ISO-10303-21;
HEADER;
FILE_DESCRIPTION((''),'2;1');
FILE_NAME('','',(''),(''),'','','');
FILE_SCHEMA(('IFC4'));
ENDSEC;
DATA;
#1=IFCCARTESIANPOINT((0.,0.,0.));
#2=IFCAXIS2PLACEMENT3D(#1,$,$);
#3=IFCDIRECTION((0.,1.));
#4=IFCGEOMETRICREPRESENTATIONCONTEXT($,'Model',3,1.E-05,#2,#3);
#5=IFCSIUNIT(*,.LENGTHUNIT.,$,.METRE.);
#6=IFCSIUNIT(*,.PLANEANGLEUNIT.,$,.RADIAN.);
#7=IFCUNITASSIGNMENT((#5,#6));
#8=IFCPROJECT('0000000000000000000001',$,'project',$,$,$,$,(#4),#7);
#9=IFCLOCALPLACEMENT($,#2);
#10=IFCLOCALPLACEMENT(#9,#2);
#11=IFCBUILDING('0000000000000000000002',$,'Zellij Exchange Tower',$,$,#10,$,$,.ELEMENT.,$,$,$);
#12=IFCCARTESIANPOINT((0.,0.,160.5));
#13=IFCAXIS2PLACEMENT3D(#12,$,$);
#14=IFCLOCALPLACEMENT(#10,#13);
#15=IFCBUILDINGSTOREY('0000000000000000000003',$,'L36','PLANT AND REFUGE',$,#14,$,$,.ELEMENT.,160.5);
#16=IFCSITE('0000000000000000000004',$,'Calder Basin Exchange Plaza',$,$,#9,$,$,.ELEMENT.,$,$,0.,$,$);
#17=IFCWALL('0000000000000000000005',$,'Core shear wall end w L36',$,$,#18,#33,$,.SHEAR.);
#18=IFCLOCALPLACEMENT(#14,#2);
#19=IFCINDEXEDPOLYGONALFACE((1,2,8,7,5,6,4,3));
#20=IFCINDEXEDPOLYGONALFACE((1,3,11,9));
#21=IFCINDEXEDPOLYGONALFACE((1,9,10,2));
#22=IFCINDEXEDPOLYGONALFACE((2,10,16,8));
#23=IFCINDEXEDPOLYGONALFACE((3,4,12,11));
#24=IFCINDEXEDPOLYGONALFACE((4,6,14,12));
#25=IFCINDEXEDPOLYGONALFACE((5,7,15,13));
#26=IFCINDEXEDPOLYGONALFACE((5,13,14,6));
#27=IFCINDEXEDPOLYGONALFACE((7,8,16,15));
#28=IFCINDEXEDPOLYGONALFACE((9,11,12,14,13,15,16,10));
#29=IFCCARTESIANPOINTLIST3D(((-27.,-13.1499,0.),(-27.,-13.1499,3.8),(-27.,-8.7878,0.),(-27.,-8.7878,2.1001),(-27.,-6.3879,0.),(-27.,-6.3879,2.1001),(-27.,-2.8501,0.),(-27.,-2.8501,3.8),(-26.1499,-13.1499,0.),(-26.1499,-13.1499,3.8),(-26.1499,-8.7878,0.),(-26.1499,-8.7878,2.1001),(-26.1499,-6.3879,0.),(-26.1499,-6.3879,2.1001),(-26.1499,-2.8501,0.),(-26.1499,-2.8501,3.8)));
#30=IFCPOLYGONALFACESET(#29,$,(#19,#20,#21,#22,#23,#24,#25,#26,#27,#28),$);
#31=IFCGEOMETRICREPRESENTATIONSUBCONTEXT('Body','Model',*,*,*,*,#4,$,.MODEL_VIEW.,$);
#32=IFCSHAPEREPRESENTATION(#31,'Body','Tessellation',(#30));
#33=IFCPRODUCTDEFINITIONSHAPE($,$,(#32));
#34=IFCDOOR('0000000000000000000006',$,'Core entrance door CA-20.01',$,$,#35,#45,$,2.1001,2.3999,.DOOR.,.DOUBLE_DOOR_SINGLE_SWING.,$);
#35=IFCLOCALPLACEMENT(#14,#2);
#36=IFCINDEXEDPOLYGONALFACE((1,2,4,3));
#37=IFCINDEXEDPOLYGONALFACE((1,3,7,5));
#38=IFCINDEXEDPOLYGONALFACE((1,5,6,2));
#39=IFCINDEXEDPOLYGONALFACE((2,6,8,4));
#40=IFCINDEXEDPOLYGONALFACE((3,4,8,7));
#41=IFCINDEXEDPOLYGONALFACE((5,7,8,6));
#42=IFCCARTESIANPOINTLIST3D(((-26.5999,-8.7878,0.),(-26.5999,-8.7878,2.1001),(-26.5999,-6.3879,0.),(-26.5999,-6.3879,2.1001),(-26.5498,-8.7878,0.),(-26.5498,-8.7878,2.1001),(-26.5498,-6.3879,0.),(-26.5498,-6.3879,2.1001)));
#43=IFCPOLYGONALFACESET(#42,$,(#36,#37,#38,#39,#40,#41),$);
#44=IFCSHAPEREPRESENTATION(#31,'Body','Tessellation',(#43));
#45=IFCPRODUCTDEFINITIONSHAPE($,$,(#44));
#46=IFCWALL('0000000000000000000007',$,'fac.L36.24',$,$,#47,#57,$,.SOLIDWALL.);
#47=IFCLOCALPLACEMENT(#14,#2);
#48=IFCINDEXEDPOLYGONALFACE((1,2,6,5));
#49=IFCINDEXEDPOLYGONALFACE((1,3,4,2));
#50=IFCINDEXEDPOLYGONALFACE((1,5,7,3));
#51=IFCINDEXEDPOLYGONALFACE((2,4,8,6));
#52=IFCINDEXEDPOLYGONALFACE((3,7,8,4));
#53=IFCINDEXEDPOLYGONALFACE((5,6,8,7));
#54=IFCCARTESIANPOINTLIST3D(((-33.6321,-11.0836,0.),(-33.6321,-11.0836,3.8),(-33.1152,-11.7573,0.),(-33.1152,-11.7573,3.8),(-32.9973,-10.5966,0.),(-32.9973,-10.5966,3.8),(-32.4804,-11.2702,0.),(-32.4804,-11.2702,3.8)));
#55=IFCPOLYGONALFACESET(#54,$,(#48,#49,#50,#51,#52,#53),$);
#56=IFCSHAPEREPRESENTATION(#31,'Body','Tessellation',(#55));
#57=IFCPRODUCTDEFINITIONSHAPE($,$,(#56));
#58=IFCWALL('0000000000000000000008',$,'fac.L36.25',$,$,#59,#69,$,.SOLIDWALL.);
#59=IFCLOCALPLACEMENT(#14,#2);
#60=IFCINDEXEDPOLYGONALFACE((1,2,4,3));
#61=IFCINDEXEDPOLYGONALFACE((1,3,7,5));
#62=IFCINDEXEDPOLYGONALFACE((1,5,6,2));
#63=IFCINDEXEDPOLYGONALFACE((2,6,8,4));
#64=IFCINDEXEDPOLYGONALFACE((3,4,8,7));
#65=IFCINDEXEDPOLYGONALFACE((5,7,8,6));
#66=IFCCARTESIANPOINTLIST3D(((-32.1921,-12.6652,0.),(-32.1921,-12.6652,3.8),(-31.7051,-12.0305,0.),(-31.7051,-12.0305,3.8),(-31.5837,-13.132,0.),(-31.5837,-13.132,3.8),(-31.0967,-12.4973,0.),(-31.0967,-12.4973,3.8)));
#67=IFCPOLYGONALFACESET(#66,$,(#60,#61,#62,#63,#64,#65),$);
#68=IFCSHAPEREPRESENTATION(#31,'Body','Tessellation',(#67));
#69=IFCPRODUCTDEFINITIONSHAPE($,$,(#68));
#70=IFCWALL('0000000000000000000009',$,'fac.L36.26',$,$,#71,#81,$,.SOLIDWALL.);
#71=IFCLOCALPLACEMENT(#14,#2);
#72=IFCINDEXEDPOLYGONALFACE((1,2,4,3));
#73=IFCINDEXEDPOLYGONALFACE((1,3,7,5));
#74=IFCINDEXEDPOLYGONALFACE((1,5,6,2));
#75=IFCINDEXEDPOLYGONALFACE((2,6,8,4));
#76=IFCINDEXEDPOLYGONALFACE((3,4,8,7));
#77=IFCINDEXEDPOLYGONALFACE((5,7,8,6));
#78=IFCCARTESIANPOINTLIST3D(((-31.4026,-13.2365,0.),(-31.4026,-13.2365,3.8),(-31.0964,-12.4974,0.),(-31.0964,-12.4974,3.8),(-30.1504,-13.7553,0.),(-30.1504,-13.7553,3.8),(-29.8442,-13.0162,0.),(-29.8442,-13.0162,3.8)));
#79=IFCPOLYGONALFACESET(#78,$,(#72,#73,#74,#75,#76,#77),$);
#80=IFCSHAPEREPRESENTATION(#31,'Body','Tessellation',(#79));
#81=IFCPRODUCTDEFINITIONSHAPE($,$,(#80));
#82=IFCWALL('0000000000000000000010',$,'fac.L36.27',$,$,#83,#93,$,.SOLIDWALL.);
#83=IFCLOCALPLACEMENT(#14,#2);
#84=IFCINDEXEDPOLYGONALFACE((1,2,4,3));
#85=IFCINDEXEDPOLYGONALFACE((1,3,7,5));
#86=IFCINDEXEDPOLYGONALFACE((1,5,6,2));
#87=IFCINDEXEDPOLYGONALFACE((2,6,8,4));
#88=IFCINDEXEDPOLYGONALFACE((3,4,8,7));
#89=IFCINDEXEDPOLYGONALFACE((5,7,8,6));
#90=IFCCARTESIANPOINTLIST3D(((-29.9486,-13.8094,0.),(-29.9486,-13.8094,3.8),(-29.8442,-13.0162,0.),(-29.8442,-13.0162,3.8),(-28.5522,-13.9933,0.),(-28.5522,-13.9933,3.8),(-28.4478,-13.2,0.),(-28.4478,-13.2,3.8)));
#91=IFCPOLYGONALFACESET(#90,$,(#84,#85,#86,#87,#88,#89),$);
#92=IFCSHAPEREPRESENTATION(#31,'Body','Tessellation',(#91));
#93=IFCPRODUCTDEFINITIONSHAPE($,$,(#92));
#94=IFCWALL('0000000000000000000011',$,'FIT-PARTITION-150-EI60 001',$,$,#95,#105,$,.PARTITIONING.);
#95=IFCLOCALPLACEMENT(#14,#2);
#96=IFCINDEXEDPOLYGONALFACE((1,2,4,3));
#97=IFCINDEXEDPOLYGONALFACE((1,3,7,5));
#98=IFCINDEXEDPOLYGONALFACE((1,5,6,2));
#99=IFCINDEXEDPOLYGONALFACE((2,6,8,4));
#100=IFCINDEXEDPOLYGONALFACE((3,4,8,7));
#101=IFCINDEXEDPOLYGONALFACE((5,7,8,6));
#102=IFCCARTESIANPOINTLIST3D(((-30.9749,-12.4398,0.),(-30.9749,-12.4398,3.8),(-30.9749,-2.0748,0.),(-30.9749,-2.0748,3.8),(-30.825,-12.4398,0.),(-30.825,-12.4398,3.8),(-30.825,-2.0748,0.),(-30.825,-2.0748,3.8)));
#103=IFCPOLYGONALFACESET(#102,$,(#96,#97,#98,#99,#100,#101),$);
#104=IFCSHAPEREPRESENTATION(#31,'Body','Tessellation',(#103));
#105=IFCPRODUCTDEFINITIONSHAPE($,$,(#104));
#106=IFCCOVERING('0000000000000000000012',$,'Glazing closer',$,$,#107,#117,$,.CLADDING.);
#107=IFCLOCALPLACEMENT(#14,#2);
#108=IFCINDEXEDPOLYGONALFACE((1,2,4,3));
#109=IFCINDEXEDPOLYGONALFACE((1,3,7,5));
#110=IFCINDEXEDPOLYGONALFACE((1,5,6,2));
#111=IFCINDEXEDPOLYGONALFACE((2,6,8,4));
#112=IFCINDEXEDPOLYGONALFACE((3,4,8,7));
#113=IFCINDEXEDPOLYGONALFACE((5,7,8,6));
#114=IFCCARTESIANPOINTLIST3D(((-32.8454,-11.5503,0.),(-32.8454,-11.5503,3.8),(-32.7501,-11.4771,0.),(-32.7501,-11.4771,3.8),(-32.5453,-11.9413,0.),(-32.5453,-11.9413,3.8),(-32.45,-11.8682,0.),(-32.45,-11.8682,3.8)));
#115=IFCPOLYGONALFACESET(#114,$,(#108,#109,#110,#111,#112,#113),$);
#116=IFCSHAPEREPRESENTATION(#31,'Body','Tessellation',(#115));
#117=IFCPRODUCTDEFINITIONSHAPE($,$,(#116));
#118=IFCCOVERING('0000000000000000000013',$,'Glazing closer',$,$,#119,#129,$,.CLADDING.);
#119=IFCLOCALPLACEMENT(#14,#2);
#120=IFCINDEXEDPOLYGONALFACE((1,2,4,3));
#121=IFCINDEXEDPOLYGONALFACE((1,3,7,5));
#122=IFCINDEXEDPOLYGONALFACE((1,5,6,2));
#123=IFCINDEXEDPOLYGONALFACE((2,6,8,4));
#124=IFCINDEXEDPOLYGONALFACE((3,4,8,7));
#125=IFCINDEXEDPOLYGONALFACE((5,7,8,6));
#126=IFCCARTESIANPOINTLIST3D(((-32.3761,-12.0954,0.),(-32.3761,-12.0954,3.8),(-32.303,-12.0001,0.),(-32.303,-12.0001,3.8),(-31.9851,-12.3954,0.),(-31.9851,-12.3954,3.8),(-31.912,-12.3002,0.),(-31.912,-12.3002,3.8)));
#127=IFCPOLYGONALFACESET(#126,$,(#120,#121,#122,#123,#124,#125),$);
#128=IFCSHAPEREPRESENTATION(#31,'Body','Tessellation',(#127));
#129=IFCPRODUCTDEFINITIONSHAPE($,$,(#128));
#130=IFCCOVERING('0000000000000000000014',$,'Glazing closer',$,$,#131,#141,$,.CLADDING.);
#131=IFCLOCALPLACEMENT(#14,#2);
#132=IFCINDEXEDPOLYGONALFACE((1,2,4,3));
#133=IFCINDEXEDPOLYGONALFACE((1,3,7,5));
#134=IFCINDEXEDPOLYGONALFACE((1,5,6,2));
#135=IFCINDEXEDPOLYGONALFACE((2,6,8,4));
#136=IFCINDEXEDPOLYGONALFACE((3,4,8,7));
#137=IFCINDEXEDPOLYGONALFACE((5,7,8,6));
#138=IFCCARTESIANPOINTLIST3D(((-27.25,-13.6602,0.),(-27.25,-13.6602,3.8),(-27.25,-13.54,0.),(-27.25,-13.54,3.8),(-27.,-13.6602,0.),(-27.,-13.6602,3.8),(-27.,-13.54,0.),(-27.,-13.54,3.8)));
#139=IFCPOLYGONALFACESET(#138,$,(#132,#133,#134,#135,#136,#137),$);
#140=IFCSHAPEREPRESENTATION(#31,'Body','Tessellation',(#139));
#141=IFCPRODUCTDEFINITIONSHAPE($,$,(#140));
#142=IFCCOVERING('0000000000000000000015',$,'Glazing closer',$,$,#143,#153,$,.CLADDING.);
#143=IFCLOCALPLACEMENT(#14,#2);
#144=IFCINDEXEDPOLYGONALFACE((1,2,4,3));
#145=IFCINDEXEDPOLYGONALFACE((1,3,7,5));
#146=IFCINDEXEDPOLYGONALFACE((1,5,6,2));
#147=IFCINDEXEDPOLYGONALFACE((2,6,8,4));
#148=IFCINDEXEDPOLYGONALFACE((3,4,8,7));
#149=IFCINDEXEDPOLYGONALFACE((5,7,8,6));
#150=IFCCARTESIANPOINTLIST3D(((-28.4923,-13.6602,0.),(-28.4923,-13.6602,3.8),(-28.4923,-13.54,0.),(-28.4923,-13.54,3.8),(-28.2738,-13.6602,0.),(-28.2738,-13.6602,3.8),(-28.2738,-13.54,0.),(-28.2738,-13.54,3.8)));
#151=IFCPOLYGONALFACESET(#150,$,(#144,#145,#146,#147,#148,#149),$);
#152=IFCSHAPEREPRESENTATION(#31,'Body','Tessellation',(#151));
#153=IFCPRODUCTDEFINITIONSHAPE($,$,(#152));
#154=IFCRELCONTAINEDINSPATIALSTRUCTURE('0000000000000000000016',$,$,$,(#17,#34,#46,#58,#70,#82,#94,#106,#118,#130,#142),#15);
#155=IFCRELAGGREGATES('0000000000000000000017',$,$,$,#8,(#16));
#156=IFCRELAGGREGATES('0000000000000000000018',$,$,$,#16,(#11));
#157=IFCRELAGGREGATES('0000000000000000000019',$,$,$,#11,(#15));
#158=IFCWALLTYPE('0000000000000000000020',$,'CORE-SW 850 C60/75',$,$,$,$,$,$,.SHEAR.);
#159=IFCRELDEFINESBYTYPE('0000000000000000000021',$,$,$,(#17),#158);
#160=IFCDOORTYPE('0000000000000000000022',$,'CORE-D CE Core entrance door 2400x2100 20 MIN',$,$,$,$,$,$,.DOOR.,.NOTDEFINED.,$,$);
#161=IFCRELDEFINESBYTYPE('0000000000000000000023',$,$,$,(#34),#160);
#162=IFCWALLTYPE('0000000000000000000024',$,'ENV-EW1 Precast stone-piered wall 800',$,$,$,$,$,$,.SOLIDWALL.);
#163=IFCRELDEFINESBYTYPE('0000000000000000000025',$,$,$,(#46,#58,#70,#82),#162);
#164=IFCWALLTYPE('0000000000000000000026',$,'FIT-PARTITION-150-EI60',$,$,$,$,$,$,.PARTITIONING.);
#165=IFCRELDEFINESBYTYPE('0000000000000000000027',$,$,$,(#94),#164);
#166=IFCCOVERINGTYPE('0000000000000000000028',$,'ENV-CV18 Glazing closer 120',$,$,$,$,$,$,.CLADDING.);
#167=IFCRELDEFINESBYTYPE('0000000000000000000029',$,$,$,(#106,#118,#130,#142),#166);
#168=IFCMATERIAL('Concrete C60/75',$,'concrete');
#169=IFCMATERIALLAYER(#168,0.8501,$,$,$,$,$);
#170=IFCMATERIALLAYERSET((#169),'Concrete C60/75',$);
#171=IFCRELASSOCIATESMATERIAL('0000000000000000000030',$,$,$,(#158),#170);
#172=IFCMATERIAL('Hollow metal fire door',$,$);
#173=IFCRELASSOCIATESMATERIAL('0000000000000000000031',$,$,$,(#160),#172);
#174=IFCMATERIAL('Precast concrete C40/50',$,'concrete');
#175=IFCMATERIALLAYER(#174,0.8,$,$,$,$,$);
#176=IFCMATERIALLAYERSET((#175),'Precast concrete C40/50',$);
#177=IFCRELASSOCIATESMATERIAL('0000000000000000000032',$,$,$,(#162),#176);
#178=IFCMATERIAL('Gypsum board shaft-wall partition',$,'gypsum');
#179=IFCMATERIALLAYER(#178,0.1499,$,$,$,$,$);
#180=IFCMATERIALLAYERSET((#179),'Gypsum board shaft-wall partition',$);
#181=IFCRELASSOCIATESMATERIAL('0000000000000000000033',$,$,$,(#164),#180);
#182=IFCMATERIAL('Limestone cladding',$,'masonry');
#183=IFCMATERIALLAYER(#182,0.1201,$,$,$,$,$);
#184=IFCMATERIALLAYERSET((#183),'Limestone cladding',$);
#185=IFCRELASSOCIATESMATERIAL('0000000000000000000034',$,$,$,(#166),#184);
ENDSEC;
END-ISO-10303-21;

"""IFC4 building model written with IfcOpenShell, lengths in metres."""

from ifc_helpers import new_model, si_unit, direction, frame, frame_2d, origin, origin_2d, place, context, subcontext, project, spatial, rectangle, extrude, material, layer, layer_set, type_object, element, fill, save


model = new_model("IFC4")

# Units and contexts
model_context = context("Model", 3, precision=1e-05, world=origin(), true_north=direction((0.0, 1.0)))
body_context = subcontext(model_context, "Body", "Model", "MODEL_VIEW")
ifc_project = project(units=[si_unit("LENGTHUNIT", "METRE"), si_unit("PLANEANGLEUNIT", "RADIAN")], contexts=[model_context])

# Site, building, storey
site_placement = place(None, origin())
site = spatial("IfcSite", under=ifc_project, at=site_placement, Name="Calder Basin Exchange Plaza", CompositionType="ELEMENT", RefElevation=0.0)
building_placement = place(site_placement, origin())
building = spatial("IfcBuilding", under=site, at=building_placement, Name="Zellij Exchange Tower", CompositionType="ELEMENT")
storey_placement = place(building_placement, frame((0.0, 0.0, 160.5)))
storey = spatial("IfcBuildingStorey", under=building, at=storey_placement, Name="L36", Description="PLANT AND REFUGE", CompositionType="ELEMENT", Elevation=160.5)

# Shared definitions
ifc_material_1 = material(Name="Concrete C60/75", Category="concrete")

# Shared definitions
ifc_layer_1 = layer(ifc_material_1, 0.8501)
ifc_layer_set_1 = layer_set([ifc_layer_1], Name="Concrete C60/75")
wall_type_1 = type_object("IfcWallType", Name="CORE-SW 850 C60/75", PredefinedType="SHEAR", material=ifc_layer_set_1)

# Wall, opening, door
wall_1_placement = place(storey_placement, frame((-26.575, -13.1499, 0.0), z_axis=(0.0, 0.0, 1.0), x_axis=(0.0, 1.0, 0.0)))
wall_1 = element("IfcWall", 1, at=wall_1_placement, inside=storey, type_object=wall_type_1, Name="Core shear wall end w L36", PredefinedType="SHEAR", context=body_context, shape_type="SweptSolid", body=[
    extrude(rectangle(XDim=10.2998, YDim=0.8501, at=frame_2d((5.1499, 0.0))), origin(), (0.0, 0.0, 1.0), 3.8),
])
opening_placement = place(wall_1_placement, frame((4.3621, 0.0, 0.0)))
opening = element("IfcOpeningElement", 2, at=opening_placement, cuts=wall_1, PredefinedType="OPENING", context=body_context, shape_type="SweptSolid", body=[
    extrude(rectangle(XDim=2.3999, YDim=2.1001, at=frame_2d((1.2, 1.05))), frame((0.0, 0.437, 0.0), z_axis=(0.0, -1.0, 0.0), x_axis=(1.0, 0.0, 0.0)), (0.0, 0.0, 1.0), 0.874),
])
ifc_material_2 = material(Name="Hollow metal fire door")
door_type = type_object("IfcDoorType", Name="CORE-D CE Core entrance door 2400x2100 20 MIN", OperationType="NOTDEFINED", PredefinedType="DOOR", material=ifc_material_2)
door_placement = place(opening_placement, origin())
door = element("IfcDoor", 3, at=door_placement, inside=storey, type_object=door_type, Name="Core entrance door CA-20.01", OperationType="DOUBLE_DOOR_SINGLE_SWING", OverallHeight=2.1001, OverallWidth=2.3999, PredefinedType="DOOR", context=body_context, shape_type="SweptSolid", body=[
    extrude(rectangle(XDim=2.3999, YDim=2.1001, at=frame_2d((1.2, 1.05))), frame((0.0, 0.0249, 0.0), z_axis=(0.0, -1.0, 0.0), x_axis=(1.0, 0.0, 0.0)), (0.0, 0.0, 1.0), 0.05),
])
fill(opening, door)

# Walls
ifc_material_3 = material(Name="Precast concrete C40/50", Category="concrete")
ifc_layer_2 = layer(ifc_material_3, 0.8)
ifc_layer_set_2 = layer_set([ifc_layer_2], Name="Precast concrete C40/50")
wall_type_2 = type_object("IfcWallType", Name="ENV-EW1 Precast stone-piered wall 800", PredefinedType="SOLIDWALL", material=ifc_layer_set_2)
wall_2_placement = place(storey_placement, frame((-33.3147, -10.8401, 0.0), z_axis=(0.0, 0.0, 1.0), x_axis=(0.608751, -0.793361, 0.0)))
element("IfcWall", 4, at=wall_2_placement, inside=storey, type_object=wall_type_2, Name="fac.L36.24", PredefinedType="SOLIDWALL", context=body_context, shape_type="SweptSolid", body=[
    extrude(rectangle(XDim=0.8491, YDim=0.8, at=frame_2d((0.4246, 0.0))), origin(), (0.0, 0.0, 1.0), 3.8),
])
wall_3_placement = place(storey_placement, frame((-31.9485, -12.3479, 0.0), z_axis=(0.0, 0.0, 1.0), x_axis=(0.793381, -0.608726, 0.0)))
element("IfcWall", 5, at=wall_3_placement, inside=storey, type_object=wall_type_2, Name="fac.L36.25", PredefinedType="SOLIDWALL", context=body_context, shape_type="SweptSolid", body=[
    extrude(rectangle(XDim=0.7668, YDim=0.8, at=frame_2d((0.3833, 0.0))), origin(), (0.0, 0.0, 1.0), 3.8),
])
wall_4_placement = place(storey_placement, frame((-31.2495, -12.8669, 0.0), z_axis=(0.0, 0.0, 1.0), x_axis=(0.923848, -0.38276, 0.0)))
element("IfcWall", 6, at=wall_4_placement, inside=storey, type_object=wall_type_2, Name="fac.L36.26", PredefinedType="SOLIDWALL", context=body_context, shape_type="SweptSolid", body=[
    extrude(rectangle(XDim=1.3555, YDim=0.8, at=frame_2d((0.6777, 0.0))), origin(), (0.0, 0.0, 1.0), 3.8),
])
wall_5_placement = place(storey_placement, frame((-29.8962, -13.4128, 0.0), z_axis=(0.0, 0.0, 1.0), x_axis=(0.991446, -0.130517, 0.0)))
element("IfcWall", 7, at=wall_5_placement, inside=storey, type_object=wall_type_2, Name="fac.L36.27", PredefinedType="SOLIDWALL", context=body_context, shape_type="SweptSolid", body=[
    extrude(rectangle(XDim=1.4084, YDim=0.8, at=frame_2d((0.7041, 0.0))), origin(), (0.0, 0.0, 1.0), 3.8),
])
ifc_material_4 = material(Name="Gypsum board shaft-wall partition", Category="gypsum")
ifc_layer_3 = layer(ifc_material_4, 0.1499)
ifc_layer_set_3 = layer_set([ifc_layer_3], Name="Gypsum board shaft-wall partition")
wall_type_3 = type_object("IfcWallType", Name="FIT-PARTITION-150-EI60", PredefinedType="PARTITIONING", material=ifc_layer_set_3)
wall_6_placement = place(storey_placement, frame((-30.8999, -12.4399, 0.0), z_axis=(0.0, 0.0, 1.0), x_axis=(0.0, 1.0, 0.0)))
element("IfcWall", 8, at=wall_6_placement, inside=storey, type_object=wall_type_3, Name="FIT-PARTITION-150-EI60 001", PredefinedType="PARTITIONING", context=body_context, shape_type="SweptSolid", body=[
    extrude(rectangle(XDim=10.365, YDim=0.1499, at=frame_2d((5.1826, 0.0))), origin(), (0.0, 0.0, 1.0), 3.8),
])

# Coverings
ifc_material_5 = material(Name="Limestone cladding", Category="masonry")
ifc_layer_4 = layer(ifc_material_5, 0.1201)
ifc_layer_set_4 = layer_set([ifc_layer_4], Name="Limestone cladding")
covering_type_1 = type_object("IfcCoveringType", Name="ENV-CV18 Glazing closer 120", PredefinedType="CLADDING", material=ifc_layer_set_4)
for number, where, z_axis, x_axis, name in (
    (9, (-32.6477, -11.7092, 0.0), (0.0, 0.0, 1.0), (0.60881, -0.793316, 0.0), "Glazing closer"),
    (10, (-32.144, -12.1978, 0.0), (0.0, 0.0, 1.0), (-0.793316, 0.60881, 0.0), "Glazing closer"),
):
    element("IfcCovering", number, at=place(storey_placement, frame(where, z_axis=z_axis, x_axis=x_axis)), inside=storey, type_object=covering_type_1, Name=name, PredefinedType="CLADDING", context=body_context, shape_type="SweptSolid", body=[
        extrude(rectangle(XDim=0.4929, YDim=0.1201, at=origin_2d()), origin(), (0.0, 0.0, 1.0), 3.8),
    ])
covering_1_placement = place(storey_placement, frame((-27.125, -13.6001, 0.0), z_axis=(0.0, 0.0, 1.0), x_axis=(1.0, 0.0, 0.0)))
element("IfcCovering", 11, at=covering_1_placement, inside=storey, type_object=covering_type_1, Name="Glazing closer", PredefinedType="CLADDING", context=body_context, shape_type="SweptSolid", body=[
    extrude(rectangle(XDim=0.25, YDim=0.1201, at=origin_2d()), origin(), (0.0, 0.0, 1.0), 3.8),
])
covering_2_placement = place(storey_placement, frame((-28.3831, -13.6001, 0.0), z_axis=(0.0, 0.0, 1.0), x_axis=(-1.0, 0.0, 0.0)))
element("IfcCovering", 12, at=covering_2_placement, inside=storey, type_object=covering_type_1, Name="Glazing closer", PredefinedType="CLADDING", context=body_context, shape_type="SweptSolid", body=[
    extrude(rectangle(XDim=0.2185, YDim=0.1201, at=origin_2d()), origin(), (0.0, 0.0, 1.0), 3.8),
])

save(model, "model.ifc")
